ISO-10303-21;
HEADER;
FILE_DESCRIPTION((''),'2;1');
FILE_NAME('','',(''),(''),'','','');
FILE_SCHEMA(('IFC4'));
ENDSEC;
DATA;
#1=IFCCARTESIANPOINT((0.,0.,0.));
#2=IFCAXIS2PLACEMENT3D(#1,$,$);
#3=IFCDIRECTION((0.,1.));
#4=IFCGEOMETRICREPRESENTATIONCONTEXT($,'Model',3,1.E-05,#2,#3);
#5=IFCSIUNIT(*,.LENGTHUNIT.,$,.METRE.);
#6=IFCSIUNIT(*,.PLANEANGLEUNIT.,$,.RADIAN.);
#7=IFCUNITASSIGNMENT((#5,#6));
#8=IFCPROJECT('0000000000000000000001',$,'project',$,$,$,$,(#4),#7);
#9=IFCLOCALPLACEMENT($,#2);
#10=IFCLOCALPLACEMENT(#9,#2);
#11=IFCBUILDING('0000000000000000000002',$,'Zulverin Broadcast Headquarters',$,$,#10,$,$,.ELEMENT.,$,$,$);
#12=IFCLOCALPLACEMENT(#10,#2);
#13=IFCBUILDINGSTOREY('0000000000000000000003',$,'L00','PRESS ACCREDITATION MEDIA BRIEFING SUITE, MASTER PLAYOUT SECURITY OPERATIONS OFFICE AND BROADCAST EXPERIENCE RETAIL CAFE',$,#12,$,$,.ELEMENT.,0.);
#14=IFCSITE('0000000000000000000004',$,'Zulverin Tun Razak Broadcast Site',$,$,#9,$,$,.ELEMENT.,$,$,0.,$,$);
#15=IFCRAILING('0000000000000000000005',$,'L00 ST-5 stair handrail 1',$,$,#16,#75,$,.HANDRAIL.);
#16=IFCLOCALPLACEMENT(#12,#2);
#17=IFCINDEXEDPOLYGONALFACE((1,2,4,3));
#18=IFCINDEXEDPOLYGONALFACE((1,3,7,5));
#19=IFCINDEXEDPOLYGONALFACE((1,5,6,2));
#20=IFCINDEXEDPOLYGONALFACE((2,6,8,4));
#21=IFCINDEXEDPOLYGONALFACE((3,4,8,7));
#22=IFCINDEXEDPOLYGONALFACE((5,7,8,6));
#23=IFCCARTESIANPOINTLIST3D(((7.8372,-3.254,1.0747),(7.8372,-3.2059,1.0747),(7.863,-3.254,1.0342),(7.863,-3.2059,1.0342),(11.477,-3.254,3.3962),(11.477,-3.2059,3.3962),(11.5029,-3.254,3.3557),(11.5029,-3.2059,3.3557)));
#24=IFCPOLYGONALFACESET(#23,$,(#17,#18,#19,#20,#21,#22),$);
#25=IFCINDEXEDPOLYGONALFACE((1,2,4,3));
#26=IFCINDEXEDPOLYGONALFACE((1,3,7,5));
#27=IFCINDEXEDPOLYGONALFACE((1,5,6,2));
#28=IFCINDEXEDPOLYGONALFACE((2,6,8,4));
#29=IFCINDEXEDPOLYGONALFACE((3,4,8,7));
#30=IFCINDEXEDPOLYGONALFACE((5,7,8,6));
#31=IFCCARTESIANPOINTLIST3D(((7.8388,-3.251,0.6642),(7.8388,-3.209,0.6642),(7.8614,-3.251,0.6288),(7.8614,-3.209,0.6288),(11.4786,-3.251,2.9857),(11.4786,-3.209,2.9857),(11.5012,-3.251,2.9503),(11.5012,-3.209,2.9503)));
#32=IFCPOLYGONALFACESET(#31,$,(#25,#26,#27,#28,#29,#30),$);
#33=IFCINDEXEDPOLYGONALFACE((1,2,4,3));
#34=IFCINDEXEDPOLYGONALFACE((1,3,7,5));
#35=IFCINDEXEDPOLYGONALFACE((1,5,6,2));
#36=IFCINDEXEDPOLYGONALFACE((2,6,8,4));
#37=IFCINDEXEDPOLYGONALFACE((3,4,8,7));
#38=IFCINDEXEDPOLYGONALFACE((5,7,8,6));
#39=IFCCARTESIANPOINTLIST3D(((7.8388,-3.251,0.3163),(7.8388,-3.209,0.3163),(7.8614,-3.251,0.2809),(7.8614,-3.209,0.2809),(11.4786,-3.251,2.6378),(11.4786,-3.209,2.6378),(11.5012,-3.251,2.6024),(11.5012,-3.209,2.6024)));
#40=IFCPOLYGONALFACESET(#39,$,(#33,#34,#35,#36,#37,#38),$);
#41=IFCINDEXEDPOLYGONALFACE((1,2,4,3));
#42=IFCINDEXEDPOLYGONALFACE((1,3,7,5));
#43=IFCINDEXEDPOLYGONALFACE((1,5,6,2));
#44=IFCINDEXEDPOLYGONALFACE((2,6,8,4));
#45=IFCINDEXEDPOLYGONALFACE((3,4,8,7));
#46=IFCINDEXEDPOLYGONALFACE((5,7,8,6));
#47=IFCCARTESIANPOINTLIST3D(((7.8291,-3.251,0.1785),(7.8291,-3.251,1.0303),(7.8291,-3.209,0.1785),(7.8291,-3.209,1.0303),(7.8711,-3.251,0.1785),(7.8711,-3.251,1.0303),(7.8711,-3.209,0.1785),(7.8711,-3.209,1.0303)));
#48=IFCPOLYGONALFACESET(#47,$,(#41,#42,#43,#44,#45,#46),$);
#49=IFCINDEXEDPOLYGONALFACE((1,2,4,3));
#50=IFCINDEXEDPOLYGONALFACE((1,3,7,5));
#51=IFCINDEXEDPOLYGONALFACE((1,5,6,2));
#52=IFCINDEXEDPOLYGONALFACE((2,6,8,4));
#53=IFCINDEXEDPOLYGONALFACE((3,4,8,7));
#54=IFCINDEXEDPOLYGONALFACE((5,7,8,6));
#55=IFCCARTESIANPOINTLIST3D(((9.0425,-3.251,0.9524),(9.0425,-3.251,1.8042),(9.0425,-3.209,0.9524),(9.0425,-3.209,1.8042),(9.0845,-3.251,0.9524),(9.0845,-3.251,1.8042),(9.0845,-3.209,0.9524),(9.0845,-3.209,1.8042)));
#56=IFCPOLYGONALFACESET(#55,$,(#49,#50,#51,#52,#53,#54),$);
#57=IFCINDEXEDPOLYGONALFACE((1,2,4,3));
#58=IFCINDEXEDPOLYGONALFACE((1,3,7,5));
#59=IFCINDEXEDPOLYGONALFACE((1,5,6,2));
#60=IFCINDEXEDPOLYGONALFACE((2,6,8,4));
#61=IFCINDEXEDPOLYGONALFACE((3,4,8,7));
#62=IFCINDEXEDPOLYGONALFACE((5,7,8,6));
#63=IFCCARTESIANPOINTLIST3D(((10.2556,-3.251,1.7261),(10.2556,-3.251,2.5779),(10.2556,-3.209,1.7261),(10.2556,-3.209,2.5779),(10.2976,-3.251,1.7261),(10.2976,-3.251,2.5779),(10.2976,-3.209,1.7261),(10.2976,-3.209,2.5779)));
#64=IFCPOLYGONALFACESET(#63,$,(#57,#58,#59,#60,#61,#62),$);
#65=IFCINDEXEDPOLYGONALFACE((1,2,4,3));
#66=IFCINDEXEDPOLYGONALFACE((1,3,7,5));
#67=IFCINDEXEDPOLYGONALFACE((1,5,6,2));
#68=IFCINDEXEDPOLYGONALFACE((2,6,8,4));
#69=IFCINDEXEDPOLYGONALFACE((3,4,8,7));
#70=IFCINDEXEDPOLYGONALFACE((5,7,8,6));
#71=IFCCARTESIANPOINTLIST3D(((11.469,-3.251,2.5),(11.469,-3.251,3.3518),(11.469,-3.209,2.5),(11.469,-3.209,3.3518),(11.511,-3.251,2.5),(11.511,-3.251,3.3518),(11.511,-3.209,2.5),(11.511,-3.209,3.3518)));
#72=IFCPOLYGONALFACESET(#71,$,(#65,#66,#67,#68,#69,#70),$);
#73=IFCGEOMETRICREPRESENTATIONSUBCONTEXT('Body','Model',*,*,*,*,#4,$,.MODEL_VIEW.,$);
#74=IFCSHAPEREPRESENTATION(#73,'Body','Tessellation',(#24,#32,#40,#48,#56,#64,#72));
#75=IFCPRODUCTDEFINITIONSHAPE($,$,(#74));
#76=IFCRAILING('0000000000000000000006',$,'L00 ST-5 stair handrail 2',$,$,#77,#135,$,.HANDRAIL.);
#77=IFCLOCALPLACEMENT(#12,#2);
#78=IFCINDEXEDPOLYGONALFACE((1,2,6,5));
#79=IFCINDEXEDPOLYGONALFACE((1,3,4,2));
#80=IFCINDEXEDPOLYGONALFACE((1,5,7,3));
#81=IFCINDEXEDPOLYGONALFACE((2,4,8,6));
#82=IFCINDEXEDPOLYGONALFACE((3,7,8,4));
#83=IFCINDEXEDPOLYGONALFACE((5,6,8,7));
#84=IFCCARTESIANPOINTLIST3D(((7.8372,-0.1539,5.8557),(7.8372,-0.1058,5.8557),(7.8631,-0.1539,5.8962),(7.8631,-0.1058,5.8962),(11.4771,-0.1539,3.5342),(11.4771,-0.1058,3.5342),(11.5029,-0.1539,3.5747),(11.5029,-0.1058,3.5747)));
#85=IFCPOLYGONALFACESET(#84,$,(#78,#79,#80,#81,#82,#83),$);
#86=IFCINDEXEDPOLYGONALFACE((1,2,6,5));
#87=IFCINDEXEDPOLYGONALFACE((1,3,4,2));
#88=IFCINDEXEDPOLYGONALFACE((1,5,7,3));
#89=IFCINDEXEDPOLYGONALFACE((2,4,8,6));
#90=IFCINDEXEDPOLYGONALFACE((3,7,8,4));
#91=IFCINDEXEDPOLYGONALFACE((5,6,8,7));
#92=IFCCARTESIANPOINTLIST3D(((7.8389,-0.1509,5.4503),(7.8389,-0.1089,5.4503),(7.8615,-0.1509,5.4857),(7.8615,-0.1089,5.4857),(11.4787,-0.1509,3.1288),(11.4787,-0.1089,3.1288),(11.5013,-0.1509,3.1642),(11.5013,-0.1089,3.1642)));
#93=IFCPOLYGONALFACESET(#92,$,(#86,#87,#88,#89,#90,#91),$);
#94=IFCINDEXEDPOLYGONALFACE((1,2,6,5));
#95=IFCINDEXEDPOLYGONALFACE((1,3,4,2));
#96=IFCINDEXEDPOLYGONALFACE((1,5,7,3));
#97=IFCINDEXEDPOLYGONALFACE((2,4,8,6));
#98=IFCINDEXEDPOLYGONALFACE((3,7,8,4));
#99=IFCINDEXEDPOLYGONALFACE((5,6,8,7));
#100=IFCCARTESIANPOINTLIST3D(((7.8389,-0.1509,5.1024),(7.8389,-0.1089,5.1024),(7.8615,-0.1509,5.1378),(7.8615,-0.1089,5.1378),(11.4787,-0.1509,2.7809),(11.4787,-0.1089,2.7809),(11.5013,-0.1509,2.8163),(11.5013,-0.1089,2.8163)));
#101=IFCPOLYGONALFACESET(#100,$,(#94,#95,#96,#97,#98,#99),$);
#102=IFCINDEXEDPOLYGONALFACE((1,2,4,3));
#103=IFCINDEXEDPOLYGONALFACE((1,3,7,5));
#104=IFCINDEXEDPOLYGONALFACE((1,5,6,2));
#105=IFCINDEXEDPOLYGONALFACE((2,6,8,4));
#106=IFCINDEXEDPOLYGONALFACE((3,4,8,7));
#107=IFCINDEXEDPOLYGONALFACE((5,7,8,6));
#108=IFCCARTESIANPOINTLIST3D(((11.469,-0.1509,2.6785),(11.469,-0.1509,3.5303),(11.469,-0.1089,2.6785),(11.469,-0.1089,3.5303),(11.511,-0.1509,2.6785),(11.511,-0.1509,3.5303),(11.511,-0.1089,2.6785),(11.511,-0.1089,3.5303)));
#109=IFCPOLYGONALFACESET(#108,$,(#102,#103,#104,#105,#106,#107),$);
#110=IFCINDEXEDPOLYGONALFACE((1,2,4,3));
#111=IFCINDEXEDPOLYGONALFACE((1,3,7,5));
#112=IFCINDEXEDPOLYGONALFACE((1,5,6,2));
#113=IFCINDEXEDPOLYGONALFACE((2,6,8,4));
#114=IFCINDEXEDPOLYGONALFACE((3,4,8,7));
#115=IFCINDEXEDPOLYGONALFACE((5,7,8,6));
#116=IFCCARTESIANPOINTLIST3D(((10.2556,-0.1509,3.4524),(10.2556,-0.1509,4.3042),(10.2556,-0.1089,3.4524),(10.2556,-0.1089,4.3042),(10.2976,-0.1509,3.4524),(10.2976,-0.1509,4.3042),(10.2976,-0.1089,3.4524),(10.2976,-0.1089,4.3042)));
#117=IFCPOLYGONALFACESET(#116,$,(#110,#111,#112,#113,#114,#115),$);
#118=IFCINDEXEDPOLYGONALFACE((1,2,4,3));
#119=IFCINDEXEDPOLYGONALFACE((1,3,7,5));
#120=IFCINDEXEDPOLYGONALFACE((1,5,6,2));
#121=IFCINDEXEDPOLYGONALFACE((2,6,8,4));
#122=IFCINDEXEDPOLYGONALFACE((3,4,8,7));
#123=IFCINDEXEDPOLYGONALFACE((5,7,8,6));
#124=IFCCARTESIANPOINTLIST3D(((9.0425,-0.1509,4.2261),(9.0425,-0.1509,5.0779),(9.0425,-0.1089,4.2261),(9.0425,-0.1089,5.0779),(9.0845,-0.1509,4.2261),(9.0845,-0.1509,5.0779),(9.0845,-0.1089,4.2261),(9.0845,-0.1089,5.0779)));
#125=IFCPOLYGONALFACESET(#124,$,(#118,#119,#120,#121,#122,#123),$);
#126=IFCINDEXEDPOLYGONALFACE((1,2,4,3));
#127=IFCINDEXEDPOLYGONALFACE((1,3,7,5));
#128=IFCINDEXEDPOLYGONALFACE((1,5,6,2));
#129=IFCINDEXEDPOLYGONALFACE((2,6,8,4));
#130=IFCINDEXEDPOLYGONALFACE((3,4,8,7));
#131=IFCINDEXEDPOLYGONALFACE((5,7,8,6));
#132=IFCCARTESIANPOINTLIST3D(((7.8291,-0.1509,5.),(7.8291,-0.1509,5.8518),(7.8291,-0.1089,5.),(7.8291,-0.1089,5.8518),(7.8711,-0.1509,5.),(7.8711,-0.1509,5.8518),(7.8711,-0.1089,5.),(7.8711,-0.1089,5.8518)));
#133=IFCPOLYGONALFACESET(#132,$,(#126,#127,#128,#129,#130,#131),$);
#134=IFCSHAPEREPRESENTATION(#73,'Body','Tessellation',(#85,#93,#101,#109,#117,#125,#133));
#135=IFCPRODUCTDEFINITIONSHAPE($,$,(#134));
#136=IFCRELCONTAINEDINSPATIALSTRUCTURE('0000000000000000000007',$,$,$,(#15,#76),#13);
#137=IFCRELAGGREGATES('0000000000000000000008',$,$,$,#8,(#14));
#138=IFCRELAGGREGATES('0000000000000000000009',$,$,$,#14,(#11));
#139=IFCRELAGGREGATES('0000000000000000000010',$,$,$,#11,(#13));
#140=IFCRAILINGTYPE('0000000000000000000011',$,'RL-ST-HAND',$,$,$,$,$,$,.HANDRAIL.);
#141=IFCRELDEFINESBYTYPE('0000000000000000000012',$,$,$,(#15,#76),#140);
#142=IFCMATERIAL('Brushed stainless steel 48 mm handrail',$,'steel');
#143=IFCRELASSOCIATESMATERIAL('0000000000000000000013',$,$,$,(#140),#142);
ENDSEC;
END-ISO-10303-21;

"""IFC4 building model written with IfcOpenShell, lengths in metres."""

from ifc_helpers import new_model, si_unit, direction, frame, origin, origin_2d, place, context, subcontext, project, spatial, rectangle, extrude, material, type_object, element, save


model = new_model("IFC4")

# Units and contexts
model_context = context("Model", 3, precision=1e-05, world=origin(), true_north=direction((0.0, 1.0)))
body_context = subcontext(model_context, "Body", "Model", "MODEL_VIEW")
ifc_project = project(units=[si_unit("LENGTHUNIT", "METRE"), si_unit("PLANEANGLEUNIT", "RADIAN")], contexts=[model_context])

# Site, building, storey
site_placement = place(None, origin())
site = spatial("IfcSite", under=ifc_project, at=site_placement, Name="Zulverin Tun Razak Broadcast Site", CompositionType="ELEMENT", RefElevation=0.0)
building_placement = place(site_placement, origin())
building = spatial("IfcBuilding", under=site, at=building_placement, Name="Zulverin Broadcast Headquarters", CompositionType="ELEMENT")
storey_placement = place(building_placement, origin())
storey = spatial("IfcBuildingStorey", under=building, at=storey_placement, Name="L00", Description="PRESS ACCREDITATION MEDIA BRIEFING SUITE, MASTER PLAYOUT SECURITY OPERATIONS OFFICE AND BROADCAST EXPERIENCE RETAIL CAFE", CompositionType="ELEMENT", Elevation=0.0)

# Railings
ifc_material_1 = material(Name="Brushed stainless steel 48 mm handrail", Category="steel")
railing_type_1 = type_object("IfcRailingType", Name="RL-ST-HAND", PredefinedType="HANDRAIL", material=ifc_material_1)
railing_1_placement = place(storey_placement, frame((7.8501, -3.23, 0.1785)))
element("IfcRailing", 1, at=railing_1_placement, inside=storey, type_object=railing_type_1, Name="L00 ST-5 stair handrail 1", PredefinedType="HANDRAIL", context=body_context, shape_type="SweptSolid", body=[
    extrude(rectangle(XDim=0.0481, YDim=0.0481, at=origin_2d()), frame((0.0, 0.0, 0.876), z_axis=(0.843112, 0.0, 0.537739), x_axis=(0.0, 1.0, 0.0)), (0.0, 0.0, 1.0), 4.3171),
    extrude(rectangle(XDim=0.042, YDim=0.042, at=origin_2d()), frame((0.0, 0.0, 0.468), z_axis=(0.843112, 0.0, 0.537739), x_axis=(0.0, 1.0, 0.0)), (0.0, 0.0, 1.0), 4.3171),
    extrude(rectangle(XDim=0.042, YDim=0.042, at=origin_2d()), frame((0.0, 0.0, 0.1201), z_axis=(0.843112, 0.0, 0.537739), x_axis=(0.0, 1.0, 0.0)), (0.0, 0.0, 1.0), 4.3171),
    extrude(rectangle(XDim=0.042, YDim=0.042, at=origin_2d()), origin(), (0.0, 0.0, 1.0), 0.8518),
    extrude(rectangle(XDim=0.042, YDim=0.042, at=origin_2d()), frame((1.2134, 0.0, 0.7739)), (0.0, 0.0, 1.0), 0.8518),
    extrude(rectangle(XDim=0.042, YDim=0.042, at=origin_2d()), frame((2.4265, 0.0, 1.5476)), (0.0, 0.0, 1.0), 0.8518),
    extrude(rectangle(XDim=0.042, YDim=0.042, at=origin_2d()), frame((3.6399, 0.0, 2.3215)), (0.0, 0.0, 1.0), 0.8518),
])
railing_2_placement = place(storey_placement, frame((11.49, -0.1299, 2.6785)))
element("IfcRailing", 2, at=railing_2_placement, inside=storey, type_object=railing_type_1, Name="L00 ST-5 stair handrail 2", PredefinedType="HANDRAIL", context=body_context, shape_type="SweptSolid", body=[
    extrude(rectangle(XDim=0.0481, YDim=0.0481, at=origin_2d()), frame((0.0, 0.0, 0.876), z_axis=(-0.843112, 0.0, 0.537739), x_axis=(0.0, -1.0, 0.0)), (0.0, 0.0, 1.0), 4.3171),
    extrude(rectangle(XDim=0.042, YDim=0.042, at=origin_2d()), frame((0.0, 0.0, 0.468), z_axis=(-0.843112, 0.0, 0.537739), x_axis=(0.0, -1.0, 0.0)), (0.0, 0.0, 1.0), 4.3171),
    extrude(rectangle(XDim=0.042, YDim=0.042, at=origin_2d()), frame((0.0, 0.0, 0.1201), z_axis=(-0.843112, 0.0, 0.537739), x_axis=(0.0, -1.0, 0.0)), (0.0, 0.0, 1.0), 4.3171),
    extrude(rectangle(XDim=0.042, YDim=0.042, at=origin_2d()), origin(), (0.0, 0.0, 1.0), 0.8518),
    extrude(rectangle(XDim=0.042, YDim=0.042, at=origin_2d()), frame((-1.2134, 0.0, 0.7739)), (0.0, 0.0, 1.0), 0.8518),
    extrude(rectangle(XDim=0.042, YDim=0.042, at=origin_2d()), frame((-2.4265, 0.0, 1.5476)), (0.0, 0.0, 1.0), 0.8518),
    extrude(rectangle(XDim=0.042, YDim=0.042, at=origin_2d()), frame((-3.6399, 0.0, 2.3215)), (0.0, 0.0, 1.0), 0.8518),
])

save(model, "model.ifc")
